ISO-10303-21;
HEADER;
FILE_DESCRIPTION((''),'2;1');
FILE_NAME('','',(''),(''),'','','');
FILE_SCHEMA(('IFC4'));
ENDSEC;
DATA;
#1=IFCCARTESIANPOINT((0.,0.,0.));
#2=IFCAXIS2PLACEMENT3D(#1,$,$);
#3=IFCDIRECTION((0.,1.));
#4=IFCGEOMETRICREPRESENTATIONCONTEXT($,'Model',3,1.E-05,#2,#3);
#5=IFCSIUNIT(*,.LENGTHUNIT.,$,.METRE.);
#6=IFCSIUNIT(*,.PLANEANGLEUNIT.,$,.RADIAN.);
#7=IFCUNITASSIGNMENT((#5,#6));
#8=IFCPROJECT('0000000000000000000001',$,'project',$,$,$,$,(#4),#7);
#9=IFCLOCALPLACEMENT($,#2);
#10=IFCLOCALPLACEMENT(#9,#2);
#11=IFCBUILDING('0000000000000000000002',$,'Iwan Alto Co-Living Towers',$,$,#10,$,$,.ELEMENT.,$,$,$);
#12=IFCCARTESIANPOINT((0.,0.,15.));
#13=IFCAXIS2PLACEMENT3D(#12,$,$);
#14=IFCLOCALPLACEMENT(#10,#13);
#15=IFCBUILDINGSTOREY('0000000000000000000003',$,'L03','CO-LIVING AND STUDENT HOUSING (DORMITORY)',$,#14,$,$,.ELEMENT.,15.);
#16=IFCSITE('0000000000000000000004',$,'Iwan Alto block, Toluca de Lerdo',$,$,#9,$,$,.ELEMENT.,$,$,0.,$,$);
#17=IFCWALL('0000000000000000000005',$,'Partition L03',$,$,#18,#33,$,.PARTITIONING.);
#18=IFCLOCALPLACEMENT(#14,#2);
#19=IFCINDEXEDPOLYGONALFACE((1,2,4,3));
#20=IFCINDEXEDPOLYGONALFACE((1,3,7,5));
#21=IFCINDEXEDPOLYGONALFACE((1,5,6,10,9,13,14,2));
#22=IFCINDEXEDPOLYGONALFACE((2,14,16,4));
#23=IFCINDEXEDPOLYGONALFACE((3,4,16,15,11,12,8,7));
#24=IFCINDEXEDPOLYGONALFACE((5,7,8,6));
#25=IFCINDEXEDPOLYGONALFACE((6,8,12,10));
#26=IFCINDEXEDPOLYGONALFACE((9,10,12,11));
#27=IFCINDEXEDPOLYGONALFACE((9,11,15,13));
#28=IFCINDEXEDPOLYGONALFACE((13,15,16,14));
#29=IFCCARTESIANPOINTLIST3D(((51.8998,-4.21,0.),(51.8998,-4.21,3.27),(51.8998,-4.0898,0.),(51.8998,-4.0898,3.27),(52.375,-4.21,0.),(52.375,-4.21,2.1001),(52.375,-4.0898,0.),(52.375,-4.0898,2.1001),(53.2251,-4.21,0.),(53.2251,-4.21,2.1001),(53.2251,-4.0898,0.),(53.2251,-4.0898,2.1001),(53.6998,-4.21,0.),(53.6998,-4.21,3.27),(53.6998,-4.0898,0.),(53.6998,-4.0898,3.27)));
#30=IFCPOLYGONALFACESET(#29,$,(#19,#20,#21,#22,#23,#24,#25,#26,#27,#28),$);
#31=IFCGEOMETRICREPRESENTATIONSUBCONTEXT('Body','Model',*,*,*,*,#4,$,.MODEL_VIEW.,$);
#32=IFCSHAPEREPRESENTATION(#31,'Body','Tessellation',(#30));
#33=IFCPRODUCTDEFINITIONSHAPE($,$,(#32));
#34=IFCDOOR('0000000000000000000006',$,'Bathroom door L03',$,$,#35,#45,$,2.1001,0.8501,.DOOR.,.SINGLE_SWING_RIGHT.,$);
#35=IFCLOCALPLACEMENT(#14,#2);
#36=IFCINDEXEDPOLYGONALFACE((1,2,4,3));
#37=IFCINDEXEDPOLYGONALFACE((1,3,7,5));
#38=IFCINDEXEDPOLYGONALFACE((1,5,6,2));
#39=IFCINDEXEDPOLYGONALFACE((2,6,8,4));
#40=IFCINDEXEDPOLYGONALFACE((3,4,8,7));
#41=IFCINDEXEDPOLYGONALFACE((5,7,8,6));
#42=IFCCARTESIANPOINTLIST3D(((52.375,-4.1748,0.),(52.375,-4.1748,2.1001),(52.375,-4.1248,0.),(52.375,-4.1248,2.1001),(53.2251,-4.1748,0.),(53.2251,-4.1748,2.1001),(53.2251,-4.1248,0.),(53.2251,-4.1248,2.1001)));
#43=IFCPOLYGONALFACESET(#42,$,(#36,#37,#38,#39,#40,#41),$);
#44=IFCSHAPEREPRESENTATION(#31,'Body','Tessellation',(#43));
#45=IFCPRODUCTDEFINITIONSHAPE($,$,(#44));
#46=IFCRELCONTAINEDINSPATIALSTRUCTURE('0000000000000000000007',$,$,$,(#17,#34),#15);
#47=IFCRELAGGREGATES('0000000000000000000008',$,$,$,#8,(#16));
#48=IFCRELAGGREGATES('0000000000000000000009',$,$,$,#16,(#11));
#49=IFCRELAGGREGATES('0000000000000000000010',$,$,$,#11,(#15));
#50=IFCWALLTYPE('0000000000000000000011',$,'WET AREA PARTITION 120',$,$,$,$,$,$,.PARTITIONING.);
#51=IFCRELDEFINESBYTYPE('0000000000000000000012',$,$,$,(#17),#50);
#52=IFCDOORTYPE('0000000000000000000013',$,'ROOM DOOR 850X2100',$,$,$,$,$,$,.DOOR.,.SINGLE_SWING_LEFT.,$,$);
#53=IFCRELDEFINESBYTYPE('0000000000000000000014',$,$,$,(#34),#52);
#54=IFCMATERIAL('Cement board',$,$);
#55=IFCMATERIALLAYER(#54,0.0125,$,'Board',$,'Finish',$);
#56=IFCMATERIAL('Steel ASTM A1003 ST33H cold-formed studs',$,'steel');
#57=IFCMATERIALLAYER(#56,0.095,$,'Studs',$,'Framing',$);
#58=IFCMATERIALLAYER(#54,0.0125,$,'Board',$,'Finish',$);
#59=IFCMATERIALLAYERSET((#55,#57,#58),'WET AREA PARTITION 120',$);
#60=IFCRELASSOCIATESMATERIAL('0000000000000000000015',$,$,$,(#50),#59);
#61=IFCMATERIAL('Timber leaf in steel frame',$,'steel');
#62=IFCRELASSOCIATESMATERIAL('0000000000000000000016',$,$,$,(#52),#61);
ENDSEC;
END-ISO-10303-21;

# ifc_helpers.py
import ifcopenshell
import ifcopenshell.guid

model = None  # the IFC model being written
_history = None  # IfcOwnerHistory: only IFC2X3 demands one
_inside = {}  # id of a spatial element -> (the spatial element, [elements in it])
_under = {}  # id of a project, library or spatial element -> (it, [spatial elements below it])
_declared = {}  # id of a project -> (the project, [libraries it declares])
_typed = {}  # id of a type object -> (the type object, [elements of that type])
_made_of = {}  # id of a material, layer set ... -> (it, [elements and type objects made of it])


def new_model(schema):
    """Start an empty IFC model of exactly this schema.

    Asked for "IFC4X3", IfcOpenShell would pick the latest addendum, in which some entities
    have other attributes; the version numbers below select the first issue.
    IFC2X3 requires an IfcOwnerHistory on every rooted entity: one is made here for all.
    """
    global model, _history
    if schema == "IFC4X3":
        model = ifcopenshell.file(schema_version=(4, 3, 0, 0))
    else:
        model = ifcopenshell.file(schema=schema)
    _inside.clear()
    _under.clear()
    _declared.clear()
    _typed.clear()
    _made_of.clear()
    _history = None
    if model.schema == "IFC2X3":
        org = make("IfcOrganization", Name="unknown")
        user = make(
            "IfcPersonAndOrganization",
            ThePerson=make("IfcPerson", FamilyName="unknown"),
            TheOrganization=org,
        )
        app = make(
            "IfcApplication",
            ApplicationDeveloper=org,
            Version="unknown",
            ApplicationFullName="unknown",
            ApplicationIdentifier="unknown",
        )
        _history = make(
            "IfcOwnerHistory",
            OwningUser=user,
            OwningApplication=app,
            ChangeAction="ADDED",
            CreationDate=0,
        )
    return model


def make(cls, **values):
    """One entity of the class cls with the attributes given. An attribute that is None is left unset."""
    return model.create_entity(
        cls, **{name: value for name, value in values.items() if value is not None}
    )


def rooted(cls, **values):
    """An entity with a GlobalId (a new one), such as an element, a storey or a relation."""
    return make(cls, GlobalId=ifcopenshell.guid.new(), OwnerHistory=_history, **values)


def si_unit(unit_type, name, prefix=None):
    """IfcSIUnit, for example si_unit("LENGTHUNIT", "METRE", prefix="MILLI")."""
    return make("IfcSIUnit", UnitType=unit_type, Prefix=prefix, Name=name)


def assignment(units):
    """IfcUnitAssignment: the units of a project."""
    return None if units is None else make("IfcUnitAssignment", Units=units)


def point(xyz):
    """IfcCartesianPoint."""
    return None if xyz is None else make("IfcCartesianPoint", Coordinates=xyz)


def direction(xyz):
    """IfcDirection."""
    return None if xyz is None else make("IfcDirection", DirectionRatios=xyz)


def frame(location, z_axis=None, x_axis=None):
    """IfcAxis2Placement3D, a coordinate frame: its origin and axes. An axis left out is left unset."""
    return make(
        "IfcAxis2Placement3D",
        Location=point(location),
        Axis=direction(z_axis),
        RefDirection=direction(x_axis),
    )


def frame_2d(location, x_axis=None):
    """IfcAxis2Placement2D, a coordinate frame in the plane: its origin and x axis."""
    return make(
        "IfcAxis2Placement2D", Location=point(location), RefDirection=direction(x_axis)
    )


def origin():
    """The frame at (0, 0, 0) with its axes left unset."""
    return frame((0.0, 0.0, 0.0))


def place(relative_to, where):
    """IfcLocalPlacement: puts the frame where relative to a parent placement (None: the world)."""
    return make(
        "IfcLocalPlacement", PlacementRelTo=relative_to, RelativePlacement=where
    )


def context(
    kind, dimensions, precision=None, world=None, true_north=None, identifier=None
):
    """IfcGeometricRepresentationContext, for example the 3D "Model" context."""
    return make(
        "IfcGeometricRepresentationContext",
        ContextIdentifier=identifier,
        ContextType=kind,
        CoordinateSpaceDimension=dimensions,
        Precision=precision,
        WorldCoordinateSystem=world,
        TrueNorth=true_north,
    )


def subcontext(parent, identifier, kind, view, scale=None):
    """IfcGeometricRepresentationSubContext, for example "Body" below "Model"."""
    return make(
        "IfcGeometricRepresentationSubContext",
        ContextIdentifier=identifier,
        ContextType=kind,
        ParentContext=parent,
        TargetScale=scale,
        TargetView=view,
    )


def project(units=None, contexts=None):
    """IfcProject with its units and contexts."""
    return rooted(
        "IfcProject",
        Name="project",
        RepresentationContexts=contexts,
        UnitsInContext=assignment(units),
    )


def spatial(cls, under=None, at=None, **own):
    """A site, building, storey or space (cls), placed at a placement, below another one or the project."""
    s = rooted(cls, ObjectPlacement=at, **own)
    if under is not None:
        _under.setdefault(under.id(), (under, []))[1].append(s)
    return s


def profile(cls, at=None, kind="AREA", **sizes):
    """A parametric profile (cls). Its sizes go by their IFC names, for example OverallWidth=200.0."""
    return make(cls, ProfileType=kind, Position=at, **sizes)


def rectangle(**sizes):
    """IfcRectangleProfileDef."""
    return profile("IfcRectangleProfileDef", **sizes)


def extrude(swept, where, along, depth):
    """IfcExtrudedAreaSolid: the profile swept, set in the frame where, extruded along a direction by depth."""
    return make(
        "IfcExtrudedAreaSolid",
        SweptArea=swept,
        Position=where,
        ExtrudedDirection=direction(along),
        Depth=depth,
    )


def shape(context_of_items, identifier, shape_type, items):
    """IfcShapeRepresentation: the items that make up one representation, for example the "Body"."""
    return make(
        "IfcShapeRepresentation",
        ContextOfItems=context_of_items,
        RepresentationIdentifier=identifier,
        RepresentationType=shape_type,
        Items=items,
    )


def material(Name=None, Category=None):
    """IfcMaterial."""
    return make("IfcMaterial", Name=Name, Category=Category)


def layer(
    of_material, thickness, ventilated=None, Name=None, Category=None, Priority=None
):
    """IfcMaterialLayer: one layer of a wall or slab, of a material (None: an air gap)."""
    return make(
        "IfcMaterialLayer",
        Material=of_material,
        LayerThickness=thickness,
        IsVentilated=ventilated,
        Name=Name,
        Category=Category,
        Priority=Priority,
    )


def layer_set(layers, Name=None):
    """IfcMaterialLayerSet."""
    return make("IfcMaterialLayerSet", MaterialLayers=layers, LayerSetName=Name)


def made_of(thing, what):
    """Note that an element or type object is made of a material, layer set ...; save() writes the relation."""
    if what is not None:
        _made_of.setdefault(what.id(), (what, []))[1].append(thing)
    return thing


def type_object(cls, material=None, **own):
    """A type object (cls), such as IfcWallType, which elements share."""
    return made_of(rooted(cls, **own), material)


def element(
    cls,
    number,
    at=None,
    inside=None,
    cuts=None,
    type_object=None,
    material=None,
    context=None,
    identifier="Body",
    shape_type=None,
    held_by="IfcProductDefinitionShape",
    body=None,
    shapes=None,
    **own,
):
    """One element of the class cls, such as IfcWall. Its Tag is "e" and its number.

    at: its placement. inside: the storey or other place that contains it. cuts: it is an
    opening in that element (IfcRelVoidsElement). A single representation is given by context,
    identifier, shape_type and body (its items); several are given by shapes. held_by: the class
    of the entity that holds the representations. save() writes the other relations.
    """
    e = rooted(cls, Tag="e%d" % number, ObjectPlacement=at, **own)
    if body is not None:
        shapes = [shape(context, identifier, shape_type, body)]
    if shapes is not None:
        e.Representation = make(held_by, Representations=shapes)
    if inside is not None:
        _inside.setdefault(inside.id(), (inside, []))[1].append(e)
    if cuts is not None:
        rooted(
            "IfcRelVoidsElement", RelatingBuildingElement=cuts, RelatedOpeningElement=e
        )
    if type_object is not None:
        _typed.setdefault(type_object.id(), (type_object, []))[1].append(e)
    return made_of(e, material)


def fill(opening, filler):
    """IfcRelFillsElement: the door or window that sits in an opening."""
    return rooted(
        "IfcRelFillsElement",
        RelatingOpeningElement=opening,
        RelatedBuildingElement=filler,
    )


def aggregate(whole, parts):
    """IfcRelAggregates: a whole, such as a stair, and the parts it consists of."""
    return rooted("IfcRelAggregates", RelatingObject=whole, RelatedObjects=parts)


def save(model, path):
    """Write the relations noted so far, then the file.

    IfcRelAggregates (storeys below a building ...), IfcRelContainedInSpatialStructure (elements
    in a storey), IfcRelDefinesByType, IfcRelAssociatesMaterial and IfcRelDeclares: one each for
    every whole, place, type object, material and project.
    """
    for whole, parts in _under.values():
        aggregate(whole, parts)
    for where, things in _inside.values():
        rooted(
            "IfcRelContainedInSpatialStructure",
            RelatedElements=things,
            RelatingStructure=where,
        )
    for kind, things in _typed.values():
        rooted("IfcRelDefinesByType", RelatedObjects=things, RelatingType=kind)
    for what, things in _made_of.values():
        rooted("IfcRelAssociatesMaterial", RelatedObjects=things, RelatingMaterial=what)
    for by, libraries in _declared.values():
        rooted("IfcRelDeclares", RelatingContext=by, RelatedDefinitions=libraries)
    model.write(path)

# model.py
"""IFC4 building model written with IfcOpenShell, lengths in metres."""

from ifc_helpers import new_model, si_unit, direction, frame, frame_2d, origin, place, context, subcontext, project, spatial, rectangle, extrude, material, layer, layer_set, type_object, element, fill, save


model = new_model("IFC4")

# Units and contexts
model_context = context("Model", 3, precision=1e-05, world=origin(), true_north=direction((0.0, 1.0)))
body_context = subcontext(model_context, "Body", "Model", "MODEL_VIEW")
ifc_project = project(units=[si_unit("LENGTHUNIT", "METRE"), si_unit("PLANEANGLEUNIT", "RADIAN")], contexts=[model_context])

# Site, building, storey
site_placement = place(None, origin())
site = spatial("IfcSite", under=ifc_project, at=site_placement, Name="Iwan Alto block, Toluca de Lerdo", CompositionType="ELEMENT", RefElevation=0.0)
building_placement = place(site_placement, origin())
building = spatial("IfcBuilding", under=site, at=building_placement, Name="Iwan Alto Co-Living Towers", CompositionType="ELEMENT")
storey_placement = place(building_placement, frame((0.0, 0.0, 15.0)))
storey = spatial("IfcBuildingStorey", under=building, at=storey_placement, Name="L03", Description="CO-LIVING AND STUDENT HOUSING (DORMITORY)", CompositionType="ELEMENT", Elevation=15.0)

# Shared definitions
ifc_material_1 = material(Name="Steel ASTM A1003 ST33H cold-formed studs", Category="steel")

# Wall, opening, door
ifc_material_2 = material(Name="Cement board")
ifc_layer_1 = layer(ifc_material_2, 0.0125, Name="Board", Category="Finish")
ifc_layer_2 = layer(ifc_material_1, 0.095, Name="Studs", Category="Framing")
ifc_layer_3 = layer(ifc_material_2, 0.0125, Name="Board", Category="Finish")
ifc_layer_set_1 = layer_set([ifc_layer_1, ifc_layer_2, ifc_layer_3], Name="WET AREA PARTITION 120")
wall_type_1 = type_object("IfcWallType", Name="WET AREA PARTITION 120", PredefinedType="PARTITIONING", material=ifc_layer_set_1)
wall_1_placement = place(storey_placement, frame((51.8999, -4.1499, 0.0), z_axis=(0.0, 0.0, 1.0), x_axis=(1.0, 0.0, 0.0)))
wall_1 = element("IfcWall", 1, at=wall_1_placement, inside=storey, type_object=wall_type_1, Name="Partition L03", PredefinedType="PARTITIONING", context=body_context, shape_type="SweptSolid", body=[
    extrude(rectangle(XDim=1.8, YDim=0.1201, at=frame_2d((0.8999, 0.0))), origin(), (0.0, 0.0, 1.0), 3.27),
])
opening_1_placement = place(wall_1_placement, frame((0.4751, 0.0, 0.0)))
opening_1 = element("IfcOpeningElement", 2, at=opening_1_placement, cuts=wall_1, PredefinedType="OPENING", context=body_context, shape_type="SweptSolid", body=[
    extrude(rectangle(XDim=0.8501, YDim=2.1001, at=frame_2d((0.425, 1.05))), frame((0.0, 0.0701, 0.0), z_axis=(0.0, -1.0, 0.0), x_axis=(1.0, 0.0, 0.0)), (0.0, 0.0, 1.0), 0.1401),
])
ifc_material_3 = material(Name="Timber leaf in steel frame", Category="steel")
door_type_1 = type_object("IfcDoorType", Name="ROOM DOOR 850X2100", OperationType="SINGLE_SWING_LEFT", PredefinedType="DOOR", material=ifc_material_3)
door_1_placement = place(opening_1_placement, frame((0.8501, 0.0, 0.0), z_axis=(0.0, 0.0, 1.0), x_axis=(-1.0, 0.0, 0.0)))
door_1 = element("IfcDoor", 3, at=door_1_placement, inside=storey, type_object=door_type_1, Name="Bathroom door L03", OperationType="SINGLE_SWING_RIGHT", OverallHeight=2.1001, OverallWidth=0.8501, PredefinedType="DOOR", context=body_context, shape_type="SweptSolid", body=[
    extrude(rectangle(XDim=0.8501, YDim=2.1001, at=frame_2d((0.425, 1.05))), frame((0.0, 0.0249, 0.0), z_axis=(0.0, -1.0, 0.0), x_axis=(1.0, 0.0, 0.0)), (0.0, 0.0, 1.0), 0.05),
])
fill(opening_1, door_1)

save(model, "model.ifc")
